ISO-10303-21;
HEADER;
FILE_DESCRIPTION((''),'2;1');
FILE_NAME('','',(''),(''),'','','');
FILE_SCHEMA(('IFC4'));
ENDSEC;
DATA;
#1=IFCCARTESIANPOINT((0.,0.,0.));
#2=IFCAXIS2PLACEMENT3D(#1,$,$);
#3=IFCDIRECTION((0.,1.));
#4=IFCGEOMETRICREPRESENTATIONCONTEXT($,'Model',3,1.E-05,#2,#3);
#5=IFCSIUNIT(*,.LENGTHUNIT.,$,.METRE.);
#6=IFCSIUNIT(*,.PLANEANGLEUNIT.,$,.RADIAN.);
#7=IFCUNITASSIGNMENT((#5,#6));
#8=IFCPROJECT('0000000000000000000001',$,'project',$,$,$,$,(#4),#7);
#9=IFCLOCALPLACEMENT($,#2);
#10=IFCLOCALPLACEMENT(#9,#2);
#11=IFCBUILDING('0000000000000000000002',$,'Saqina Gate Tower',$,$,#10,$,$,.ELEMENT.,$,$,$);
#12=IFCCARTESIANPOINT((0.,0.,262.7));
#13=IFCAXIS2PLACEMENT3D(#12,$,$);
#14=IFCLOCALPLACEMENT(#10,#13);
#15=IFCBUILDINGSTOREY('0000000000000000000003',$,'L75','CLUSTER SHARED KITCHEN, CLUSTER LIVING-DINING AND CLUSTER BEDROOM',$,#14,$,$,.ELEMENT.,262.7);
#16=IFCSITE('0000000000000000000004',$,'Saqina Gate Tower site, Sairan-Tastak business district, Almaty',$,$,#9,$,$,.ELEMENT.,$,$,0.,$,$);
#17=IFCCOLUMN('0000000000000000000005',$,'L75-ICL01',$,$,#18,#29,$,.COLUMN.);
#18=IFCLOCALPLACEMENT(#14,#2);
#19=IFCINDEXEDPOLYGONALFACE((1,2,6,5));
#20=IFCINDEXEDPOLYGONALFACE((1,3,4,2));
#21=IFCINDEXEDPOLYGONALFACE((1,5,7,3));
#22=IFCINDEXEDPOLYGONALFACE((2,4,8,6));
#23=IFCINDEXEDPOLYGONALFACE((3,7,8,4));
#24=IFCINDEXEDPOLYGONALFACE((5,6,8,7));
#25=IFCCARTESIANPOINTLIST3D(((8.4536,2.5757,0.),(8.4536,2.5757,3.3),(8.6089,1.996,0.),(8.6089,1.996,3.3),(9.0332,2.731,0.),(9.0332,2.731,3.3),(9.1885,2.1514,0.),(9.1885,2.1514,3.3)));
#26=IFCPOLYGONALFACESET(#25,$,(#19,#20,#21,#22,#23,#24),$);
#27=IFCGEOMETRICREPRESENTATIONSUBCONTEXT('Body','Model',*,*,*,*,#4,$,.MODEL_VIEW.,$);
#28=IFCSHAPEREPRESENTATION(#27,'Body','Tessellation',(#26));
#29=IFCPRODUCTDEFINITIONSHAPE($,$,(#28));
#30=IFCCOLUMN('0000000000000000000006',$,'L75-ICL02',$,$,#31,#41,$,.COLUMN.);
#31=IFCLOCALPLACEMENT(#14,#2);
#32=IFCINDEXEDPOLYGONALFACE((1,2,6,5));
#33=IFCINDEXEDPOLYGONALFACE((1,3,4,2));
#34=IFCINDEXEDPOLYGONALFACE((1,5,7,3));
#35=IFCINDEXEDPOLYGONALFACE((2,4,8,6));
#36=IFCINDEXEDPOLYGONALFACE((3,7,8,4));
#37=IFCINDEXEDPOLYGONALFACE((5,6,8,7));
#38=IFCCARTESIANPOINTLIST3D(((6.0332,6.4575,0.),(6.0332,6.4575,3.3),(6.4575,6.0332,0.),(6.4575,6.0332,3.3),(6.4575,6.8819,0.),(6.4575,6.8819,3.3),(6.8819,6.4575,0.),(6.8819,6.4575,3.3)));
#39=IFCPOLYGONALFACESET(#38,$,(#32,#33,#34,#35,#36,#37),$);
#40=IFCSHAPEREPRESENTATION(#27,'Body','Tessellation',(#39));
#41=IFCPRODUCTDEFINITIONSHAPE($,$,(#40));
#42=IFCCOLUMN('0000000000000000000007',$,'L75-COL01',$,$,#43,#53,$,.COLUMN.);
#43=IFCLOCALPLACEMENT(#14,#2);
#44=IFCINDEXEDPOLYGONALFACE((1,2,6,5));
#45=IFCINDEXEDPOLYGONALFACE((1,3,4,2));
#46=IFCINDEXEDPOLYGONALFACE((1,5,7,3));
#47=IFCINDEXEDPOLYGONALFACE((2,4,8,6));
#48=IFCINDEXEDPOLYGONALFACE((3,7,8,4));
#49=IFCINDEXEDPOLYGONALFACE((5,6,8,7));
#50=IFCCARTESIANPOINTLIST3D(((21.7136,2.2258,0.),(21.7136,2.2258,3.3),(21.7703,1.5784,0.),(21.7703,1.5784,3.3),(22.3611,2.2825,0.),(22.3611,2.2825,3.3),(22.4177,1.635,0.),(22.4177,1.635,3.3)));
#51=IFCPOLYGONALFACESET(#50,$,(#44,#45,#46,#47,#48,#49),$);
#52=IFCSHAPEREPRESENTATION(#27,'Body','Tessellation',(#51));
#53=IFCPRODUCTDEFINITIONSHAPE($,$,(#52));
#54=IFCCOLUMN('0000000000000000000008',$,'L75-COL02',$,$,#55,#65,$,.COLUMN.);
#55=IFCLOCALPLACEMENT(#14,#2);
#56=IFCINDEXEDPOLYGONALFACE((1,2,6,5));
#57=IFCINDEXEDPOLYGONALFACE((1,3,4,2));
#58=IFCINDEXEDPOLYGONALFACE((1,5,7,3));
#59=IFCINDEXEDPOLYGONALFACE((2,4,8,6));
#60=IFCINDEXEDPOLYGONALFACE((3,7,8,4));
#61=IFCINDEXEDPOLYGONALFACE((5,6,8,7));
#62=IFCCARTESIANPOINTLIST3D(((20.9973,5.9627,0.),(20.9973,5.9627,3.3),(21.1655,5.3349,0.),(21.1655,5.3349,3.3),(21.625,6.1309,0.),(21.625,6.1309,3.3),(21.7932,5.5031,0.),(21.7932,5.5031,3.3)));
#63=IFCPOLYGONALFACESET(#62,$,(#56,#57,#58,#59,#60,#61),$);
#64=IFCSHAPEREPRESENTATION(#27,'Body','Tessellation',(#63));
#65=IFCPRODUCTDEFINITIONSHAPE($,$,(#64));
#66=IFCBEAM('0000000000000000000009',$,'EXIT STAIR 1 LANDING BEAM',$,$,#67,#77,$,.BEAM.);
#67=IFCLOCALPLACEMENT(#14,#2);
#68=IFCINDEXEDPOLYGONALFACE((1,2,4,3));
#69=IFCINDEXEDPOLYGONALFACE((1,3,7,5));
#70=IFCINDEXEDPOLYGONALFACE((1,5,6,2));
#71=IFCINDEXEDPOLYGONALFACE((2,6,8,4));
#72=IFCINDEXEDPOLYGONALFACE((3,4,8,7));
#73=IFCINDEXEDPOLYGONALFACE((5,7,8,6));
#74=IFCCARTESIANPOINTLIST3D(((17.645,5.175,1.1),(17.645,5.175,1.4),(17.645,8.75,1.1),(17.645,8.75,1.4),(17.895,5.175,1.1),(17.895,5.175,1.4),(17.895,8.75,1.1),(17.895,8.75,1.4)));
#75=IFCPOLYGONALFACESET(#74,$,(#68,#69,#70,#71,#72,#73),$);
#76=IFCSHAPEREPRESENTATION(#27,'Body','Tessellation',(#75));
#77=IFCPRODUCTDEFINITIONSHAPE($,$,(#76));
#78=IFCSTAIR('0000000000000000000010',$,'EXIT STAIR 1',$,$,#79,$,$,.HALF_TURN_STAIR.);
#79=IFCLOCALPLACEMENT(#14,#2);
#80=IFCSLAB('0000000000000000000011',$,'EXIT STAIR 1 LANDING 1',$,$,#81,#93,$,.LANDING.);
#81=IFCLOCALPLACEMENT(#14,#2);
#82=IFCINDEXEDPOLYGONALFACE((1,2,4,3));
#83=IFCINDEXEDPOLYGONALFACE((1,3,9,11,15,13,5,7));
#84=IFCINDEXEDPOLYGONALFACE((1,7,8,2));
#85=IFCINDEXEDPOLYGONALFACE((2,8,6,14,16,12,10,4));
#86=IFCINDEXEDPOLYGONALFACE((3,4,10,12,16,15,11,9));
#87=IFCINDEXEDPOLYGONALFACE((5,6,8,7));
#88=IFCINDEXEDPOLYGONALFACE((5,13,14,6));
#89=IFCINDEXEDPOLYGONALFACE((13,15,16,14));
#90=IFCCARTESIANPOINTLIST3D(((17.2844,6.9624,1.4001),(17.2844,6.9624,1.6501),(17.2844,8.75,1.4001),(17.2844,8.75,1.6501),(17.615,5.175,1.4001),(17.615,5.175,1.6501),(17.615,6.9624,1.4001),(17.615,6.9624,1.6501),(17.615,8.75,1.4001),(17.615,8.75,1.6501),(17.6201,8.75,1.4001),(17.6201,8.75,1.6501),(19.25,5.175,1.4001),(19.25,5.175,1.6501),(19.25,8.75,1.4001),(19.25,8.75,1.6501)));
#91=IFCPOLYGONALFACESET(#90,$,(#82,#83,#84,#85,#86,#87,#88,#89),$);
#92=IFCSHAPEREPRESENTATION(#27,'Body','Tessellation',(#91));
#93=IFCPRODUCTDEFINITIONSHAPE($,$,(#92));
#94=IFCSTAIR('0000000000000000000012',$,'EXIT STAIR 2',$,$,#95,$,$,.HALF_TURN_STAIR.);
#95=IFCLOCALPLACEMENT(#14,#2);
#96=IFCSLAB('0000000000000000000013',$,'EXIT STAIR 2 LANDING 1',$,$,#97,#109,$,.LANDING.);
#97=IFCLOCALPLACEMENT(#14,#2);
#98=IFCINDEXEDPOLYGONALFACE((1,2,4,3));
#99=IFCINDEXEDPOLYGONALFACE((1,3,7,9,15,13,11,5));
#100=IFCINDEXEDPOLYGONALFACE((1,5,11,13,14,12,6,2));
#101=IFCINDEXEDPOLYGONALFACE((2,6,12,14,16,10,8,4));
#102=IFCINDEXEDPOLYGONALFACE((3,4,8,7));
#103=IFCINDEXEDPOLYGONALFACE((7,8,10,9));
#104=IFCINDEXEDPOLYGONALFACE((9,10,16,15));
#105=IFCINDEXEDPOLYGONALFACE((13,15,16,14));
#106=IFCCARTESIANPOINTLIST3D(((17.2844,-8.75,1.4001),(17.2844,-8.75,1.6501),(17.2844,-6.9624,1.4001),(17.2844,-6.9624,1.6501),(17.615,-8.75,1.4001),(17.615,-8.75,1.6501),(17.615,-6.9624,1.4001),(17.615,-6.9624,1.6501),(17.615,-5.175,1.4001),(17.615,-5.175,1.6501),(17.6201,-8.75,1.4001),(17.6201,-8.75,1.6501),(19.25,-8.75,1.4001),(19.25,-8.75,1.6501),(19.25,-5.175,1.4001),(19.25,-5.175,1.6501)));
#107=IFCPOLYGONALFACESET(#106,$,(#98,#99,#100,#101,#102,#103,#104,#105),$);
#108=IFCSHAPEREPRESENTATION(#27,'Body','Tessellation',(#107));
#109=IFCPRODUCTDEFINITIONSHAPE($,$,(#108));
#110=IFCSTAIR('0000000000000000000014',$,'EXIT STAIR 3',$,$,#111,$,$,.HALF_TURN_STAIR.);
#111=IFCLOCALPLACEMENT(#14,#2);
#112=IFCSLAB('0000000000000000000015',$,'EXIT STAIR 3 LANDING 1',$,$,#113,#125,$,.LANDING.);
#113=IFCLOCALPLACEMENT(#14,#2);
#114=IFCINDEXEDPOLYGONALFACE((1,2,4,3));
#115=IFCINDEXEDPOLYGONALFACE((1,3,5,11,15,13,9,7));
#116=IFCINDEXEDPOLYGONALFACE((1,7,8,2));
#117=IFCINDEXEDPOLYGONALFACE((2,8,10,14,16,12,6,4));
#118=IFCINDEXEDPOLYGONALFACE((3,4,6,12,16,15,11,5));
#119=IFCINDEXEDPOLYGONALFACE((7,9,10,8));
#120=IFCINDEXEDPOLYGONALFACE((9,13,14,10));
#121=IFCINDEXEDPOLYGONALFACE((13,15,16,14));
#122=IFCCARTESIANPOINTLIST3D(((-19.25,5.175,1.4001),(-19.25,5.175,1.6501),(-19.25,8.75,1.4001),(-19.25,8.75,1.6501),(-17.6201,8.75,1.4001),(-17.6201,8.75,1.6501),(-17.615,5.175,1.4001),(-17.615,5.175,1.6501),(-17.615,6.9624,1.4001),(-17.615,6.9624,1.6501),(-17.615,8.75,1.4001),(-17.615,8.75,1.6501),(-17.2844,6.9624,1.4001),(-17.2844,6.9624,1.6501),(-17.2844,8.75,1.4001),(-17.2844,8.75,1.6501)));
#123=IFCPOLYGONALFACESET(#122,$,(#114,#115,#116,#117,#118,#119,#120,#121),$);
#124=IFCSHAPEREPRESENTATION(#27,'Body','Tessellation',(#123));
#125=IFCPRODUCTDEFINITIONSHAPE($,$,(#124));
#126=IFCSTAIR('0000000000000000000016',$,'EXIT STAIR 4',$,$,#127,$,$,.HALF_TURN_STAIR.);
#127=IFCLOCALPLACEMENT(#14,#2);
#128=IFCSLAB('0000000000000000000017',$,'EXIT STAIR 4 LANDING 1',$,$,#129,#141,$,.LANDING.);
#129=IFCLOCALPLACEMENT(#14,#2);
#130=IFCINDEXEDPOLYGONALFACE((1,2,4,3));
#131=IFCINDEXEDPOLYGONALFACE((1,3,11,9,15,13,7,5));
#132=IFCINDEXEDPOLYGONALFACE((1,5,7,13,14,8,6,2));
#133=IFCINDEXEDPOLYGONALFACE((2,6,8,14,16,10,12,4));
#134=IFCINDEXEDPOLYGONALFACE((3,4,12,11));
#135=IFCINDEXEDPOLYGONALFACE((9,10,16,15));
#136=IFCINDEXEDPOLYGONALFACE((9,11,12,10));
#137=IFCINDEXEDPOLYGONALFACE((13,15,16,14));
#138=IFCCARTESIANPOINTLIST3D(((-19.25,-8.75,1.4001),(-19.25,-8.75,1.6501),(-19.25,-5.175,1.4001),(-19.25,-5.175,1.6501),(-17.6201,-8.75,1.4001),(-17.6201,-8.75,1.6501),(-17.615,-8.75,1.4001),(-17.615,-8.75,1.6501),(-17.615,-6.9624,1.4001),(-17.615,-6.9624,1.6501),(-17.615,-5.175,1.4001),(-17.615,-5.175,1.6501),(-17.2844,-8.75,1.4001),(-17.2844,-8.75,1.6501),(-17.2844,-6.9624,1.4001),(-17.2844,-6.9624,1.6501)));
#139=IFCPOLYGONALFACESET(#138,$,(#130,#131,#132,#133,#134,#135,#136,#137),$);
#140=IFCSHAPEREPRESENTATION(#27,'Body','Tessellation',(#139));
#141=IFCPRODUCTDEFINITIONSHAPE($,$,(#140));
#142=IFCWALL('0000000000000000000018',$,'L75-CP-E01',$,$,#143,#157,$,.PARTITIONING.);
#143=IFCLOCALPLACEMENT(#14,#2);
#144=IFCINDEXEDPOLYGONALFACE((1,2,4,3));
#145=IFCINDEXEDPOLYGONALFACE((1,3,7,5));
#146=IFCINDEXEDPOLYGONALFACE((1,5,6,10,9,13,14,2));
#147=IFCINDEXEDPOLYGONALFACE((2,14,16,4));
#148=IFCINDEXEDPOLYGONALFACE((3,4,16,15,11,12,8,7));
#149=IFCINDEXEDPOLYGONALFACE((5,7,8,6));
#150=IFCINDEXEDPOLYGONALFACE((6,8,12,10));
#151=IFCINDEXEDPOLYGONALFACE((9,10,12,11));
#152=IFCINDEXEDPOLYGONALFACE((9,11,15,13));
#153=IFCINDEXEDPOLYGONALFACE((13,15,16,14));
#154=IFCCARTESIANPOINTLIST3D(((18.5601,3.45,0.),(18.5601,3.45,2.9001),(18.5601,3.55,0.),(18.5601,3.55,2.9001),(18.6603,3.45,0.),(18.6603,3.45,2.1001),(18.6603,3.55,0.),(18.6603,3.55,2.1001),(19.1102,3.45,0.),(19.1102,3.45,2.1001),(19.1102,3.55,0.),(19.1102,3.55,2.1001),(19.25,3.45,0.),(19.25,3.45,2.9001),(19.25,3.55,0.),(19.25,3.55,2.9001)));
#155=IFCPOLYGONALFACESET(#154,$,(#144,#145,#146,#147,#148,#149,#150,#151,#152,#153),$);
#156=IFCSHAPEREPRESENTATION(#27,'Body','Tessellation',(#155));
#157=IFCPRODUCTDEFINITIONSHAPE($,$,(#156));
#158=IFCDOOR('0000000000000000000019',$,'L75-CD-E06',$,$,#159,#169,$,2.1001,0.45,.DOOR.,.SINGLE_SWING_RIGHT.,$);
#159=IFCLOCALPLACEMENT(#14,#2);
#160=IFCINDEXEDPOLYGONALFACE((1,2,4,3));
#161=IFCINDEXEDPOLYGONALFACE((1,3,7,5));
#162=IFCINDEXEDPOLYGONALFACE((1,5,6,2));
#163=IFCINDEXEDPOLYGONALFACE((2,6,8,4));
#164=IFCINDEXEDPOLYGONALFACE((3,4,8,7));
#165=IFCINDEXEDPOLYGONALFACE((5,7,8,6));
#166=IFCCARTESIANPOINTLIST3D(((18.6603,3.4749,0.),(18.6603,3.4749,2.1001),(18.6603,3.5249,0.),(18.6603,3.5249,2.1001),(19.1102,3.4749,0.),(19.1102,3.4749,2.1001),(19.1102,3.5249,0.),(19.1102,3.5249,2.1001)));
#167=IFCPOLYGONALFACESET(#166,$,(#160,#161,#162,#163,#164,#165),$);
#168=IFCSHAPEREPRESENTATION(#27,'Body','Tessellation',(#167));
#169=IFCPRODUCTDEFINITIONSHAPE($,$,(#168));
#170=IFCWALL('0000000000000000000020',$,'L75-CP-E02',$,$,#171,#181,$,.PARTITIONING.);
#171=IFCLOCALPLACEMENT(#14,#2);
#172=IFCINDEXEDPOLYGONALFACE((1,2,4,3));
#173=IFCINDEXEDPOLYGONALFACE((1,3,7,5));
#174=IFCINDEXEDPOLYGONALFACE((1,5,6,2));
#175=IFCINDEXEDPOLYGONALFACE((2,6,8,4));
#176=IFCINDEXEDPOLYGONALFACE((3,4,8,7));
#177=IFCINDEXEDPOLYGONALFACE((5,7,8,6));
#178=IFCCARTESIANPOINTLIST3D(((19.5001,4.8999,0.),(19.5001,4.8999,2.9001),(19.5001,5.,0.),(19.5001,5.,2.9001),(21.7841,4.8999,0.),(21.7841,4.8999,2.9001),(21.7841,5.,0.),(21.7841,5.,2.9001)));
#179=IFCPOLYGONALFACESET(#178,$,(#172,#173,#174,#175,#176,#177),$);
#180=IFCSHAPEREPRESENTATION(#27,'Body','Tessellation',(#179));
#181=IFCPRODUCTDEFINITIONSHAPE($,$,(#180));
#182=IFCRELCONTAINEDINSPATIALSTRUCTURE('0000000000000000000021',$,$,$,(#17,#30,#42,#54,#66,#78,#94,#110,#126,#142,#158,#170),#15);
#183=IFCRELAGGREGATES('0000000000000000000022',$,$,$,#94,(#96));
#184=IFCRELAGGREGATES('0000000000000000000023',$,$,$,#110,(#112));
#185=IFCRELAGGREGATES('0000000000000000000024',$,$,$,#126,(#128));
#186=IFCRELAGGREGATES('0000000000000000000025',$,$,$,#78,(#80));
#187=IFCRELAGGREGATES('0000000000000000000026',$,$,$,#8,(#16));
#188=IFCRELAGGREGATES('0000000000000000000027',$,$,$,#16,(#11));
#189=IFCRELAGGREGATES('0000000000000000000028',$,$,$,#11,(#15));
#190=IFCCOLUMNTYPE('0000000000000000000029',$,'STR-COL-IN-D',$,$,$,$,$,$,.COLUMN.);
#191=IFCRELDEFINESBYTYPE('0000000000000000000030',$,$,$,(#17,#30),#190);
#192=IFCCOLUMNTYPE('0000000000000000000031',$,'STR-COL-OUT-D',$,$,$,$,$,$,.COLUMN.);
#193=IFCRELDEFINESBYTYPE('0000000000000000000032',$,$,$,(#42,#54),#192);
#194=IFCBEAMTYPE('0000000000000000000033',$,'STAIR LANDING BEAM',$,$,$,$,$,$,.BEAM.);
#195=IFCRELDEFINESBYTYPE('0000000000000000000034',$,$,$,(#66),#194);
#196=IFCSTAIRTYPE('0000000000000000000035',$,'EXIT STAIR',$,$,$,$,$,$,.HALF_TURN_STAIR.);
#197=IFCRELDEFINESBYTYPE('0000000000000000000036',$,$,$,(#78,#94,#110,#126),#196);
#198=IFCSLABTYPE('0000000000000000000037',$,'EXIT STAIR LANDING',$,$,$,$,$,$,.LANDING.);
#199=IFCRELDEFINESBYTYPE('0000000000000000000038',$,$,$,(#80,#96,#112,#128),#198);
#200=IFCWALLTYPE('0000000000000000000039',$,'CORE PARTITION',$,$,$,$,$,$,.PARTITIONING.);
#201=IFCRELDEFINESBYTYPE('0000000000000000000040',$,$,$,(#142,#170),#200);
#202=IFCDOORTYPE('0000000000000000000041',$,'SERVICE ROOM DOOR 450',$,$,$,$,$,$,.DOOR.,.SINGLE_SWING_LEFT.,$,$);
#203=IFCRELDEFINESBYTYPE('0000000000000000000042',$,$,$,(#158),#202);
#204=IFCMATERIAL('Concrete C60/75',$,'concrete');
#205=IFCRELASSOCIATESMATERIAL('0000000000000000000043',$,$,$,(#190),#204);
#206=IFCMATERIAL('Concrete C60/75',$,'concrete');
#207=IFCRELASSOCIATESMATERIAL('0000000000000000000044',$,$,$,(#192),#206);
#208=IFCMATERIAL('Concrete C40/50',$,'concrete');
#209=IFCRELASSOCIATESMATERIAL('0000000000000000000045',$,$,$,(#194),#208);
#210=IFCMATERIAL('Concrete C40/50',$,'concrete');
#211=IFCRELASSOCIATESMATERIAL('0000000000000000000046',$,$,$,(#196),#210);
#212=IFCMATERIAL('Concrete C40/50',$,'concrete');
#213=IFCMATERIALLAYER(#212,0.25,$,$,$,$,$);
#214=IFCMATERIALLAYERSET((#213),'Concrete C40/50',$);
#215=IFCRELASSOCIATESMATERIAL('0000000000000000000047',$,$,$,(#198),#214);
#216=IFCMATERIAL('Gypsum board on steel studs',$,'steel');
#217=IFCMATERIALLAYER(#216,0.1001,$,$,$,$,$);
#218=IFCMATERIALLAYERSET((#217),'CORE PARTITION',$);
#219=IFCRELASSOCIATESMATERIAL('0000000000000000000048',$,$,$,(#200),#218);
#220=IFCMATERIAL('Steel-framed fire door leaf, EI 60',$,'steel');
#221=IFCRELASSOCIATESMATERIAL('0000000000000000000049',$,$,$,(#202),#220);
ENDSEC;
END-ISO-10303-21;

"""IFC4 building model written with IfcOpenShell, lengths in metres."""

from ifc_helpers import new_model, si_unit, direction, frame, frame_2d, origin, origin_2d, place, context, subcontext, project, spatial, polyline, rectangle, outline, extrude, material, layer, layer_set, material_profile, profile_set, type_object, element, fill, aggregate, save


model = new_model("IFC4")

# Units and contexts
model_context = context("Model", 3, precision=1e-05, world=origin(), true_north=direction((0.0, 1.0)))
body_context = subcontext(model_context, "Body", "Model", "MODEL_VIEW")
ifc_project = project(units=[si_unit("LENGTHUNIT", "METRE"), si_unit("PLANEANGLEUNIT", "RADIAN")], contexts=[model_context])

# Site, building, storey
site_placement = place(None, origin())
site = spatial("IfcSite", under=ifc_project, at=site_placement, Name="Saqina Gate Tower site, Sairan-Tastak business district, Almaty", CompositionType="ELEMENT", RefElevation=0.0)
building_placement = place(site_placement, origin())
building = spatial("IfcBuilding", under=site, at=building_placement, Name="Saqina Gate Tower", CompositionType="ELEMENT")
storey_placement = place(building_placement, frame((0.0, 0.0, 262.7)))
storey = spatial("IfcBuildingStorey", under=building, at=storey_placement, Name="L75", Description="CLUSTER SHARED KITCHEN, CLUSTER LIVING-DINING AND CLUSTER BEDROOM", CompositionType="ELEMENT", Elevation=262.7)

# Columns
ifc_material_1 = material(Name="Concrete C60/75", Category="concrete")
ifc_material_profile_1 = material_profile(ifc_material_1, rectangle(XDim=0.6001, YDim=0.6001, at=origin_2d()), Name="RC 600x600")
ifc_profile_set_1 = profile_set([ifc_material_profile_1], Name="Concrete C60/75")
column_type_1 = type_object("IfcColumnType", Name="STR-COL-IN-D", PredefinedType="COLUMN", material=ifc_profile_set_1)
for number, where, z_axis, x_axis, name in (
    (1, (8.821, 2.3635, 0.0), (0.0, 0.0, 1.0), (0.965926, 0.258819, 0.0), "L75-ICL01"),
    (2, (6.4575, 6.4575, 0.0), (0.0, 0.0, 1.0), (0.707107, 0.707107, 0.0), "L75-ICL02"),
):
    element("IfcColumn", number, at=place(storey_placement, frame(where, z_axis=z_axis, x_axis=x_axis)), inside=storey, type_object=column_type_1, Name=name, PredefinedType="COLUMN", context=body_context, shape_type="SweptSolid", body=[
        extrude(rectangle(XDim=0.6001, YDim=0.6001, at=origin_2d()), origin(), (0.0, 0.0, 1.0), 3.3),
    ])
ifc_material_2 = material(Name="Concrete C60/75", Category="concrete")
ifc_material_profile_2 = material_profile(ifc_material_2, rectangle(XDim=0.6499, YDim=0.6499, at=origin_2d()), Name="RC 650x650")
ifc_profile_set_2 = profile_set([ifc_material_profile_2], Name="Concrete C60/75")
column_type_2 = type_object("IfcColumnType", Name="STR-COL-OUT-D", PredefinedType="COLUMN", material=ifc_profile_set_2)
for number, where, z_axis, x_axis, name in (
    (3, (22.0657, 1.9304, 0.0), (0.0, 0.0, 1.0), (0.996195, 0.087156, 0.0), "L75-COL01"),
    (4, (21.3953, 5.7329, 0.0), (0.0, 0.0, 1.0), (0.965926, 0.258819, 0.0), "L75-COL02"),
):
    element("IfcColumn", number, at=place(storey_placement, frame(where, z_axis=z_axis, x_axis=x_axis)), inside=storey, type_object=column_type_2, Name=name, PredefinedType="COLUMN", context=body_context, shape_type="SweptSolid", body=[
        extrude(rectangle(XDim=0.6499, YDim=0.6499, at=origin_2d()), origin(), (0.0, 0.0, 1.0), 3.3),
    ])

# Beam
ifc_material_3 = material(Name="Concrete C40/50", Category="concrete")
ifc_material_profile_3 = material_profile(ifc_material_3, rectangle(XDim=0.25, YDim=0.3, at=origin_2d()), Name="STAIR LANDING BEAM")
ifc_profile_set_3 = profile_set([ifc_material_profile_3], Name="Concrete C40/50")
beam_type = type_object("IfcBeamType", Name="STAIR LANDING BEAM", PredefinedType="BEAM", material=ifc_profile_set_3)
beam_placement = place(storey_placement, frame((17.77, 5.175, 1.25), z_axis=(0.0, 1.0, 0.0), x_axis=(-1.0, 0.0, 0.0)))
element("IfcBeam", 5, at=beam_placement, inside=storey, type_object=beam_type, Name="EXIT STAIR 1 LANDING BEAM", PredefinedType="BEAM", context=body_context, shape_type="SweptSolid", body=[
    extrude(rectangle(XDim=0.25, YDim=0.3, at=origin_2d()), origin(), (0.0, 0.0, 1.0), 3.575),
])

# Stairs, slabs
ifc_material_4 = material(Name="Concrete C40/50", Category="concrete")
stair_type = type_object("IfcStairType", Name="EXIT STAIR", PredefinedType="HALF_TURN_STAIR", material=ifc_material_4)
stair_1_placement = place(storey_placement, origin())
stair_1 = element("IfcStair", 6, at=stair_1_placement, inside=storey, type_object=stair_type, Name="EXIT STAIR 1", PredefinedType="HALF_TURN_STAIR")
ifc_material_5 = material(Name="Concrete C40/50", Category="concrete")
ifc_layer_1 = layer(ifc_material_5, 0.25)
ifc_layer_set_1 = layer_set([ifc_layer_1], Name="Concrete C40/50")
slab_type = type_object("IfcSlabType", Name="EXIT STAIR LANDING", PredefinedType="LANDING", material=ifc_layer_set_1)
slab_1_placement = place(storey_placement, frame((0.0, 0.0, 1.4001)))
slab_1 = element("IfcSlab", 7, at=slab_1_placement, type_object=slab_type, Name="EXIT STAIR 1 LANDING 1", PredefinedType="LANDING", context=body_context, shape_type="SweptSolid", body=[
    extrude(outline(polyline([(19.25, 8.75), (19.25, 5.175), (17.615, 5.175), (17.615, 6.9624), (17.2844, 6.9624), (17.2844, 8.75), (17.615, 8.75), (17.6201, 8.75), (19.25, 8.75)])), origin(), (0.0, 0.0, 1.0), 0.25),
])
stair_2_placement = place(storey_placement, origin())
stair_2 = element("IfcStair", 8, at=stair_2_placement, inside=storey, type_object=stair_type, Name="EXIT STAIR 2", PredefinedType="HALF_TURN_STAIR")
slab_2_placement = place(storey_placement, frame((0.0, 0.0, 1.4001)))
slab_2 = element("IfcSlab", 9, at=slab_2_placement, type_object=slab_type, Name="EXIT STAIR 2 LANDING 1", PredefinedType="LANDING", context=body_context, shape_type="SweptSolid", body=[
    extrude(outline(polyline([(17.2844, -8.75), (17.2844, -6.9624), (17.615, -6.9624), (17.615, -5.175), (19.25, -5.175), (19.25, -8.75), (17.6201, -8.75), (17.615, -8.75), (17.2844, -8.75)])), origin(), (0.0, 0.0, 1.0), 0.25),
])
aggregate(stair_2, [slab_2])
stair_3_placement = place(storey_placement, origin())
stair_3 = element("IfcStair", 10, at=stair_3_placement, inside=storey, type_object=stair_type, Name="EXIT STAIR 3", PredefinedType="HALF_TURN_STAIR")
slab_3_placement = place(storey_placement, frame((0.0, 0.0, 1.4001)))
slab_3 = element("IfcSlab", 11, at=slab_3_placement, type_object=slab_type, Name="EXIT STAIR 3 LANDING 1", PredefinedType="LANDING", context=body_context, shape_type="SweptSolid", body=[
    extrude(outline(polyline([(-17.615, 5.175), (-19.25, 5.175), (-19.25, 8.75), (-17.6201, 8.75), (-17.615, 8.75), (-17.2844, 8.75), (-17.2844, 6.9624), (-17.615, 6.9624), (-17.615, 5.175)])), origin(), (0.0, 0.0, 1.0), 0.25),
])
aggregate(stair_3, [slab_3])
stair_4_placement = place(storey_placement, origin())
stair_4 = element("IfcStair", 12, at=stair_4_placement, inside=storey, type_object=stair_type, Name="EXIT STAIR 4", PredefinedType="HALF_TURN_STAIR")
slab_4_placement = place(storey_placement, frame((0.0, 0.0, 1.4001)))
slab_4 = element("IfcSlab", 13, at=slab_4_placement, type_object=slab_type, Name="EXIT STAIR 4 LANDING 1", PredefinedType="LANDING", context=body_context, shape_type="SweptSolid", body=[
    extrude(outline(polyline([(-17.2844, -6.9624), (-17.2844, -8.75), (-17.615, -8.75), (-17.6201, -8.75), (-19.25, -8.75), (-19.25, -5.175), (-17.615, -5.175), (-17.615, -6.9624), (-17.2844, -6.9624)])), origin(), (0.0, 0.0, 1.0), 0.25),
])
aggregate(stair_4, [slab_4])

# Wall, opening, door
ifc_material_6 = material(Name="Gypsum board on steel studs", Category="steel")
ifc_layer_2 = layer(ifc_material_6, 0.1001)
ifc_layer_set_2 = layer_set([ifc_layer_2], Name="CORE PARTITION")
wall_type_1 = type_object("IfcWallType", Name="CORE PARTITION", PredefinedType="PARTITIONING", material=ifc_layer_set_2)
wall_1_placement = place(storey_placement, frame((18.5601, 3.5, 0.0), z_axis=(0.0, 0.0, 1.0), x_axis=(1.0, 0.0, 0.0)))
wall_1 = element("IfcWall", 14, at=wall_1_placement, inside=storey, type_object=wall_type_1, Name="L75-CP-E01", PredefinedType="PARTITIONING", context=body_context, shape_type="SweptSolid", body=[
    extrude(rectangle(XDim=0.6899, YDim=0.1001, at=frame_2d((0.345, 0.0))), origin(), (0.0, 0.0, 1.0), 2.9001),
])
opening_1_placement = place(wall_1_placement, frame((0.1001, 0.0, 0.0)))
opening_1 = element("IfcOpeningElement", 15, at=opening_1_placement, cuts=wall_1, PredefinedType="OPENING", context=body_context, shape_type="SweptSolid", body=[
    extrude(rectangle(XDim=0.45, YDim=2.1001, at=frame_2d((0.2251, 1.05))), frame((0.0, 0.062, 0.0), z_axis=(0.0, -1.0, 0.0), x_axis=(1.0, 0.0, 0.0)), (0.0, 0.0, 1.0), 0.124),
])
ifc_material_7 = material(Name="Steel-framed fire door leaf, EI 60", Category="steel")
door_type_1 = type_object("IfcDoorType", Name="SERVICE ROOM DOOR 450", OperationType="SINGLE_SWING_LEFT", PredefinedType="DOOR", material=ifc_material_7)
door_1_placement = place(opening_1_placement, origin())
door_1 = element("IfcDoor", 16, at=door_1_placement, inside=storey, type_object=door_type_1, Name="L75-CD-E06", OperationType="SINGLE_SWING_RIGHT", OverallHeight=2.1001, OverallWidth=0.45, PredefinedType="DOOR", context=body_context, shape_type="SweptSolid", body=[
    extrude(rectangle(XDim=0.45, YDim=2.1001, at=frame_2d((0.2251, 1.05))), frame((0.0, 0.0249, 0.0), z_axis=(0.0, -1.0, 0.0), x_axis=(1.0, 0.0, 0.0)), (0.0, 0.0, 1.0), 0.05),
])
fill(opening_1, door_1)

# Wall
wall_2_placement = place(storey_placement, frame((19.5, 4.95, 0.0), z_axis=(0.0, 0.0, 1.0), x_axis=(1.0, 0.0, 0.0)))
element("IfcWall", 17, at=wall_2_placement, inside=storey, type_object=wall_type_1, Name="L75-CP-E02", PredefinedType="PARTITIONING", context=body_context, shape_type="SweptSolid", body=[
    extrude(rectangle(XDim=2.2839, YDim=0.1001, at=frame_2d((1.1421, 0.0))), origin(), (0.0, 0.0, 1.0), 2.9001),
])

aggregate(stair_1, [slab_1])

save(model, "model.ifc")
